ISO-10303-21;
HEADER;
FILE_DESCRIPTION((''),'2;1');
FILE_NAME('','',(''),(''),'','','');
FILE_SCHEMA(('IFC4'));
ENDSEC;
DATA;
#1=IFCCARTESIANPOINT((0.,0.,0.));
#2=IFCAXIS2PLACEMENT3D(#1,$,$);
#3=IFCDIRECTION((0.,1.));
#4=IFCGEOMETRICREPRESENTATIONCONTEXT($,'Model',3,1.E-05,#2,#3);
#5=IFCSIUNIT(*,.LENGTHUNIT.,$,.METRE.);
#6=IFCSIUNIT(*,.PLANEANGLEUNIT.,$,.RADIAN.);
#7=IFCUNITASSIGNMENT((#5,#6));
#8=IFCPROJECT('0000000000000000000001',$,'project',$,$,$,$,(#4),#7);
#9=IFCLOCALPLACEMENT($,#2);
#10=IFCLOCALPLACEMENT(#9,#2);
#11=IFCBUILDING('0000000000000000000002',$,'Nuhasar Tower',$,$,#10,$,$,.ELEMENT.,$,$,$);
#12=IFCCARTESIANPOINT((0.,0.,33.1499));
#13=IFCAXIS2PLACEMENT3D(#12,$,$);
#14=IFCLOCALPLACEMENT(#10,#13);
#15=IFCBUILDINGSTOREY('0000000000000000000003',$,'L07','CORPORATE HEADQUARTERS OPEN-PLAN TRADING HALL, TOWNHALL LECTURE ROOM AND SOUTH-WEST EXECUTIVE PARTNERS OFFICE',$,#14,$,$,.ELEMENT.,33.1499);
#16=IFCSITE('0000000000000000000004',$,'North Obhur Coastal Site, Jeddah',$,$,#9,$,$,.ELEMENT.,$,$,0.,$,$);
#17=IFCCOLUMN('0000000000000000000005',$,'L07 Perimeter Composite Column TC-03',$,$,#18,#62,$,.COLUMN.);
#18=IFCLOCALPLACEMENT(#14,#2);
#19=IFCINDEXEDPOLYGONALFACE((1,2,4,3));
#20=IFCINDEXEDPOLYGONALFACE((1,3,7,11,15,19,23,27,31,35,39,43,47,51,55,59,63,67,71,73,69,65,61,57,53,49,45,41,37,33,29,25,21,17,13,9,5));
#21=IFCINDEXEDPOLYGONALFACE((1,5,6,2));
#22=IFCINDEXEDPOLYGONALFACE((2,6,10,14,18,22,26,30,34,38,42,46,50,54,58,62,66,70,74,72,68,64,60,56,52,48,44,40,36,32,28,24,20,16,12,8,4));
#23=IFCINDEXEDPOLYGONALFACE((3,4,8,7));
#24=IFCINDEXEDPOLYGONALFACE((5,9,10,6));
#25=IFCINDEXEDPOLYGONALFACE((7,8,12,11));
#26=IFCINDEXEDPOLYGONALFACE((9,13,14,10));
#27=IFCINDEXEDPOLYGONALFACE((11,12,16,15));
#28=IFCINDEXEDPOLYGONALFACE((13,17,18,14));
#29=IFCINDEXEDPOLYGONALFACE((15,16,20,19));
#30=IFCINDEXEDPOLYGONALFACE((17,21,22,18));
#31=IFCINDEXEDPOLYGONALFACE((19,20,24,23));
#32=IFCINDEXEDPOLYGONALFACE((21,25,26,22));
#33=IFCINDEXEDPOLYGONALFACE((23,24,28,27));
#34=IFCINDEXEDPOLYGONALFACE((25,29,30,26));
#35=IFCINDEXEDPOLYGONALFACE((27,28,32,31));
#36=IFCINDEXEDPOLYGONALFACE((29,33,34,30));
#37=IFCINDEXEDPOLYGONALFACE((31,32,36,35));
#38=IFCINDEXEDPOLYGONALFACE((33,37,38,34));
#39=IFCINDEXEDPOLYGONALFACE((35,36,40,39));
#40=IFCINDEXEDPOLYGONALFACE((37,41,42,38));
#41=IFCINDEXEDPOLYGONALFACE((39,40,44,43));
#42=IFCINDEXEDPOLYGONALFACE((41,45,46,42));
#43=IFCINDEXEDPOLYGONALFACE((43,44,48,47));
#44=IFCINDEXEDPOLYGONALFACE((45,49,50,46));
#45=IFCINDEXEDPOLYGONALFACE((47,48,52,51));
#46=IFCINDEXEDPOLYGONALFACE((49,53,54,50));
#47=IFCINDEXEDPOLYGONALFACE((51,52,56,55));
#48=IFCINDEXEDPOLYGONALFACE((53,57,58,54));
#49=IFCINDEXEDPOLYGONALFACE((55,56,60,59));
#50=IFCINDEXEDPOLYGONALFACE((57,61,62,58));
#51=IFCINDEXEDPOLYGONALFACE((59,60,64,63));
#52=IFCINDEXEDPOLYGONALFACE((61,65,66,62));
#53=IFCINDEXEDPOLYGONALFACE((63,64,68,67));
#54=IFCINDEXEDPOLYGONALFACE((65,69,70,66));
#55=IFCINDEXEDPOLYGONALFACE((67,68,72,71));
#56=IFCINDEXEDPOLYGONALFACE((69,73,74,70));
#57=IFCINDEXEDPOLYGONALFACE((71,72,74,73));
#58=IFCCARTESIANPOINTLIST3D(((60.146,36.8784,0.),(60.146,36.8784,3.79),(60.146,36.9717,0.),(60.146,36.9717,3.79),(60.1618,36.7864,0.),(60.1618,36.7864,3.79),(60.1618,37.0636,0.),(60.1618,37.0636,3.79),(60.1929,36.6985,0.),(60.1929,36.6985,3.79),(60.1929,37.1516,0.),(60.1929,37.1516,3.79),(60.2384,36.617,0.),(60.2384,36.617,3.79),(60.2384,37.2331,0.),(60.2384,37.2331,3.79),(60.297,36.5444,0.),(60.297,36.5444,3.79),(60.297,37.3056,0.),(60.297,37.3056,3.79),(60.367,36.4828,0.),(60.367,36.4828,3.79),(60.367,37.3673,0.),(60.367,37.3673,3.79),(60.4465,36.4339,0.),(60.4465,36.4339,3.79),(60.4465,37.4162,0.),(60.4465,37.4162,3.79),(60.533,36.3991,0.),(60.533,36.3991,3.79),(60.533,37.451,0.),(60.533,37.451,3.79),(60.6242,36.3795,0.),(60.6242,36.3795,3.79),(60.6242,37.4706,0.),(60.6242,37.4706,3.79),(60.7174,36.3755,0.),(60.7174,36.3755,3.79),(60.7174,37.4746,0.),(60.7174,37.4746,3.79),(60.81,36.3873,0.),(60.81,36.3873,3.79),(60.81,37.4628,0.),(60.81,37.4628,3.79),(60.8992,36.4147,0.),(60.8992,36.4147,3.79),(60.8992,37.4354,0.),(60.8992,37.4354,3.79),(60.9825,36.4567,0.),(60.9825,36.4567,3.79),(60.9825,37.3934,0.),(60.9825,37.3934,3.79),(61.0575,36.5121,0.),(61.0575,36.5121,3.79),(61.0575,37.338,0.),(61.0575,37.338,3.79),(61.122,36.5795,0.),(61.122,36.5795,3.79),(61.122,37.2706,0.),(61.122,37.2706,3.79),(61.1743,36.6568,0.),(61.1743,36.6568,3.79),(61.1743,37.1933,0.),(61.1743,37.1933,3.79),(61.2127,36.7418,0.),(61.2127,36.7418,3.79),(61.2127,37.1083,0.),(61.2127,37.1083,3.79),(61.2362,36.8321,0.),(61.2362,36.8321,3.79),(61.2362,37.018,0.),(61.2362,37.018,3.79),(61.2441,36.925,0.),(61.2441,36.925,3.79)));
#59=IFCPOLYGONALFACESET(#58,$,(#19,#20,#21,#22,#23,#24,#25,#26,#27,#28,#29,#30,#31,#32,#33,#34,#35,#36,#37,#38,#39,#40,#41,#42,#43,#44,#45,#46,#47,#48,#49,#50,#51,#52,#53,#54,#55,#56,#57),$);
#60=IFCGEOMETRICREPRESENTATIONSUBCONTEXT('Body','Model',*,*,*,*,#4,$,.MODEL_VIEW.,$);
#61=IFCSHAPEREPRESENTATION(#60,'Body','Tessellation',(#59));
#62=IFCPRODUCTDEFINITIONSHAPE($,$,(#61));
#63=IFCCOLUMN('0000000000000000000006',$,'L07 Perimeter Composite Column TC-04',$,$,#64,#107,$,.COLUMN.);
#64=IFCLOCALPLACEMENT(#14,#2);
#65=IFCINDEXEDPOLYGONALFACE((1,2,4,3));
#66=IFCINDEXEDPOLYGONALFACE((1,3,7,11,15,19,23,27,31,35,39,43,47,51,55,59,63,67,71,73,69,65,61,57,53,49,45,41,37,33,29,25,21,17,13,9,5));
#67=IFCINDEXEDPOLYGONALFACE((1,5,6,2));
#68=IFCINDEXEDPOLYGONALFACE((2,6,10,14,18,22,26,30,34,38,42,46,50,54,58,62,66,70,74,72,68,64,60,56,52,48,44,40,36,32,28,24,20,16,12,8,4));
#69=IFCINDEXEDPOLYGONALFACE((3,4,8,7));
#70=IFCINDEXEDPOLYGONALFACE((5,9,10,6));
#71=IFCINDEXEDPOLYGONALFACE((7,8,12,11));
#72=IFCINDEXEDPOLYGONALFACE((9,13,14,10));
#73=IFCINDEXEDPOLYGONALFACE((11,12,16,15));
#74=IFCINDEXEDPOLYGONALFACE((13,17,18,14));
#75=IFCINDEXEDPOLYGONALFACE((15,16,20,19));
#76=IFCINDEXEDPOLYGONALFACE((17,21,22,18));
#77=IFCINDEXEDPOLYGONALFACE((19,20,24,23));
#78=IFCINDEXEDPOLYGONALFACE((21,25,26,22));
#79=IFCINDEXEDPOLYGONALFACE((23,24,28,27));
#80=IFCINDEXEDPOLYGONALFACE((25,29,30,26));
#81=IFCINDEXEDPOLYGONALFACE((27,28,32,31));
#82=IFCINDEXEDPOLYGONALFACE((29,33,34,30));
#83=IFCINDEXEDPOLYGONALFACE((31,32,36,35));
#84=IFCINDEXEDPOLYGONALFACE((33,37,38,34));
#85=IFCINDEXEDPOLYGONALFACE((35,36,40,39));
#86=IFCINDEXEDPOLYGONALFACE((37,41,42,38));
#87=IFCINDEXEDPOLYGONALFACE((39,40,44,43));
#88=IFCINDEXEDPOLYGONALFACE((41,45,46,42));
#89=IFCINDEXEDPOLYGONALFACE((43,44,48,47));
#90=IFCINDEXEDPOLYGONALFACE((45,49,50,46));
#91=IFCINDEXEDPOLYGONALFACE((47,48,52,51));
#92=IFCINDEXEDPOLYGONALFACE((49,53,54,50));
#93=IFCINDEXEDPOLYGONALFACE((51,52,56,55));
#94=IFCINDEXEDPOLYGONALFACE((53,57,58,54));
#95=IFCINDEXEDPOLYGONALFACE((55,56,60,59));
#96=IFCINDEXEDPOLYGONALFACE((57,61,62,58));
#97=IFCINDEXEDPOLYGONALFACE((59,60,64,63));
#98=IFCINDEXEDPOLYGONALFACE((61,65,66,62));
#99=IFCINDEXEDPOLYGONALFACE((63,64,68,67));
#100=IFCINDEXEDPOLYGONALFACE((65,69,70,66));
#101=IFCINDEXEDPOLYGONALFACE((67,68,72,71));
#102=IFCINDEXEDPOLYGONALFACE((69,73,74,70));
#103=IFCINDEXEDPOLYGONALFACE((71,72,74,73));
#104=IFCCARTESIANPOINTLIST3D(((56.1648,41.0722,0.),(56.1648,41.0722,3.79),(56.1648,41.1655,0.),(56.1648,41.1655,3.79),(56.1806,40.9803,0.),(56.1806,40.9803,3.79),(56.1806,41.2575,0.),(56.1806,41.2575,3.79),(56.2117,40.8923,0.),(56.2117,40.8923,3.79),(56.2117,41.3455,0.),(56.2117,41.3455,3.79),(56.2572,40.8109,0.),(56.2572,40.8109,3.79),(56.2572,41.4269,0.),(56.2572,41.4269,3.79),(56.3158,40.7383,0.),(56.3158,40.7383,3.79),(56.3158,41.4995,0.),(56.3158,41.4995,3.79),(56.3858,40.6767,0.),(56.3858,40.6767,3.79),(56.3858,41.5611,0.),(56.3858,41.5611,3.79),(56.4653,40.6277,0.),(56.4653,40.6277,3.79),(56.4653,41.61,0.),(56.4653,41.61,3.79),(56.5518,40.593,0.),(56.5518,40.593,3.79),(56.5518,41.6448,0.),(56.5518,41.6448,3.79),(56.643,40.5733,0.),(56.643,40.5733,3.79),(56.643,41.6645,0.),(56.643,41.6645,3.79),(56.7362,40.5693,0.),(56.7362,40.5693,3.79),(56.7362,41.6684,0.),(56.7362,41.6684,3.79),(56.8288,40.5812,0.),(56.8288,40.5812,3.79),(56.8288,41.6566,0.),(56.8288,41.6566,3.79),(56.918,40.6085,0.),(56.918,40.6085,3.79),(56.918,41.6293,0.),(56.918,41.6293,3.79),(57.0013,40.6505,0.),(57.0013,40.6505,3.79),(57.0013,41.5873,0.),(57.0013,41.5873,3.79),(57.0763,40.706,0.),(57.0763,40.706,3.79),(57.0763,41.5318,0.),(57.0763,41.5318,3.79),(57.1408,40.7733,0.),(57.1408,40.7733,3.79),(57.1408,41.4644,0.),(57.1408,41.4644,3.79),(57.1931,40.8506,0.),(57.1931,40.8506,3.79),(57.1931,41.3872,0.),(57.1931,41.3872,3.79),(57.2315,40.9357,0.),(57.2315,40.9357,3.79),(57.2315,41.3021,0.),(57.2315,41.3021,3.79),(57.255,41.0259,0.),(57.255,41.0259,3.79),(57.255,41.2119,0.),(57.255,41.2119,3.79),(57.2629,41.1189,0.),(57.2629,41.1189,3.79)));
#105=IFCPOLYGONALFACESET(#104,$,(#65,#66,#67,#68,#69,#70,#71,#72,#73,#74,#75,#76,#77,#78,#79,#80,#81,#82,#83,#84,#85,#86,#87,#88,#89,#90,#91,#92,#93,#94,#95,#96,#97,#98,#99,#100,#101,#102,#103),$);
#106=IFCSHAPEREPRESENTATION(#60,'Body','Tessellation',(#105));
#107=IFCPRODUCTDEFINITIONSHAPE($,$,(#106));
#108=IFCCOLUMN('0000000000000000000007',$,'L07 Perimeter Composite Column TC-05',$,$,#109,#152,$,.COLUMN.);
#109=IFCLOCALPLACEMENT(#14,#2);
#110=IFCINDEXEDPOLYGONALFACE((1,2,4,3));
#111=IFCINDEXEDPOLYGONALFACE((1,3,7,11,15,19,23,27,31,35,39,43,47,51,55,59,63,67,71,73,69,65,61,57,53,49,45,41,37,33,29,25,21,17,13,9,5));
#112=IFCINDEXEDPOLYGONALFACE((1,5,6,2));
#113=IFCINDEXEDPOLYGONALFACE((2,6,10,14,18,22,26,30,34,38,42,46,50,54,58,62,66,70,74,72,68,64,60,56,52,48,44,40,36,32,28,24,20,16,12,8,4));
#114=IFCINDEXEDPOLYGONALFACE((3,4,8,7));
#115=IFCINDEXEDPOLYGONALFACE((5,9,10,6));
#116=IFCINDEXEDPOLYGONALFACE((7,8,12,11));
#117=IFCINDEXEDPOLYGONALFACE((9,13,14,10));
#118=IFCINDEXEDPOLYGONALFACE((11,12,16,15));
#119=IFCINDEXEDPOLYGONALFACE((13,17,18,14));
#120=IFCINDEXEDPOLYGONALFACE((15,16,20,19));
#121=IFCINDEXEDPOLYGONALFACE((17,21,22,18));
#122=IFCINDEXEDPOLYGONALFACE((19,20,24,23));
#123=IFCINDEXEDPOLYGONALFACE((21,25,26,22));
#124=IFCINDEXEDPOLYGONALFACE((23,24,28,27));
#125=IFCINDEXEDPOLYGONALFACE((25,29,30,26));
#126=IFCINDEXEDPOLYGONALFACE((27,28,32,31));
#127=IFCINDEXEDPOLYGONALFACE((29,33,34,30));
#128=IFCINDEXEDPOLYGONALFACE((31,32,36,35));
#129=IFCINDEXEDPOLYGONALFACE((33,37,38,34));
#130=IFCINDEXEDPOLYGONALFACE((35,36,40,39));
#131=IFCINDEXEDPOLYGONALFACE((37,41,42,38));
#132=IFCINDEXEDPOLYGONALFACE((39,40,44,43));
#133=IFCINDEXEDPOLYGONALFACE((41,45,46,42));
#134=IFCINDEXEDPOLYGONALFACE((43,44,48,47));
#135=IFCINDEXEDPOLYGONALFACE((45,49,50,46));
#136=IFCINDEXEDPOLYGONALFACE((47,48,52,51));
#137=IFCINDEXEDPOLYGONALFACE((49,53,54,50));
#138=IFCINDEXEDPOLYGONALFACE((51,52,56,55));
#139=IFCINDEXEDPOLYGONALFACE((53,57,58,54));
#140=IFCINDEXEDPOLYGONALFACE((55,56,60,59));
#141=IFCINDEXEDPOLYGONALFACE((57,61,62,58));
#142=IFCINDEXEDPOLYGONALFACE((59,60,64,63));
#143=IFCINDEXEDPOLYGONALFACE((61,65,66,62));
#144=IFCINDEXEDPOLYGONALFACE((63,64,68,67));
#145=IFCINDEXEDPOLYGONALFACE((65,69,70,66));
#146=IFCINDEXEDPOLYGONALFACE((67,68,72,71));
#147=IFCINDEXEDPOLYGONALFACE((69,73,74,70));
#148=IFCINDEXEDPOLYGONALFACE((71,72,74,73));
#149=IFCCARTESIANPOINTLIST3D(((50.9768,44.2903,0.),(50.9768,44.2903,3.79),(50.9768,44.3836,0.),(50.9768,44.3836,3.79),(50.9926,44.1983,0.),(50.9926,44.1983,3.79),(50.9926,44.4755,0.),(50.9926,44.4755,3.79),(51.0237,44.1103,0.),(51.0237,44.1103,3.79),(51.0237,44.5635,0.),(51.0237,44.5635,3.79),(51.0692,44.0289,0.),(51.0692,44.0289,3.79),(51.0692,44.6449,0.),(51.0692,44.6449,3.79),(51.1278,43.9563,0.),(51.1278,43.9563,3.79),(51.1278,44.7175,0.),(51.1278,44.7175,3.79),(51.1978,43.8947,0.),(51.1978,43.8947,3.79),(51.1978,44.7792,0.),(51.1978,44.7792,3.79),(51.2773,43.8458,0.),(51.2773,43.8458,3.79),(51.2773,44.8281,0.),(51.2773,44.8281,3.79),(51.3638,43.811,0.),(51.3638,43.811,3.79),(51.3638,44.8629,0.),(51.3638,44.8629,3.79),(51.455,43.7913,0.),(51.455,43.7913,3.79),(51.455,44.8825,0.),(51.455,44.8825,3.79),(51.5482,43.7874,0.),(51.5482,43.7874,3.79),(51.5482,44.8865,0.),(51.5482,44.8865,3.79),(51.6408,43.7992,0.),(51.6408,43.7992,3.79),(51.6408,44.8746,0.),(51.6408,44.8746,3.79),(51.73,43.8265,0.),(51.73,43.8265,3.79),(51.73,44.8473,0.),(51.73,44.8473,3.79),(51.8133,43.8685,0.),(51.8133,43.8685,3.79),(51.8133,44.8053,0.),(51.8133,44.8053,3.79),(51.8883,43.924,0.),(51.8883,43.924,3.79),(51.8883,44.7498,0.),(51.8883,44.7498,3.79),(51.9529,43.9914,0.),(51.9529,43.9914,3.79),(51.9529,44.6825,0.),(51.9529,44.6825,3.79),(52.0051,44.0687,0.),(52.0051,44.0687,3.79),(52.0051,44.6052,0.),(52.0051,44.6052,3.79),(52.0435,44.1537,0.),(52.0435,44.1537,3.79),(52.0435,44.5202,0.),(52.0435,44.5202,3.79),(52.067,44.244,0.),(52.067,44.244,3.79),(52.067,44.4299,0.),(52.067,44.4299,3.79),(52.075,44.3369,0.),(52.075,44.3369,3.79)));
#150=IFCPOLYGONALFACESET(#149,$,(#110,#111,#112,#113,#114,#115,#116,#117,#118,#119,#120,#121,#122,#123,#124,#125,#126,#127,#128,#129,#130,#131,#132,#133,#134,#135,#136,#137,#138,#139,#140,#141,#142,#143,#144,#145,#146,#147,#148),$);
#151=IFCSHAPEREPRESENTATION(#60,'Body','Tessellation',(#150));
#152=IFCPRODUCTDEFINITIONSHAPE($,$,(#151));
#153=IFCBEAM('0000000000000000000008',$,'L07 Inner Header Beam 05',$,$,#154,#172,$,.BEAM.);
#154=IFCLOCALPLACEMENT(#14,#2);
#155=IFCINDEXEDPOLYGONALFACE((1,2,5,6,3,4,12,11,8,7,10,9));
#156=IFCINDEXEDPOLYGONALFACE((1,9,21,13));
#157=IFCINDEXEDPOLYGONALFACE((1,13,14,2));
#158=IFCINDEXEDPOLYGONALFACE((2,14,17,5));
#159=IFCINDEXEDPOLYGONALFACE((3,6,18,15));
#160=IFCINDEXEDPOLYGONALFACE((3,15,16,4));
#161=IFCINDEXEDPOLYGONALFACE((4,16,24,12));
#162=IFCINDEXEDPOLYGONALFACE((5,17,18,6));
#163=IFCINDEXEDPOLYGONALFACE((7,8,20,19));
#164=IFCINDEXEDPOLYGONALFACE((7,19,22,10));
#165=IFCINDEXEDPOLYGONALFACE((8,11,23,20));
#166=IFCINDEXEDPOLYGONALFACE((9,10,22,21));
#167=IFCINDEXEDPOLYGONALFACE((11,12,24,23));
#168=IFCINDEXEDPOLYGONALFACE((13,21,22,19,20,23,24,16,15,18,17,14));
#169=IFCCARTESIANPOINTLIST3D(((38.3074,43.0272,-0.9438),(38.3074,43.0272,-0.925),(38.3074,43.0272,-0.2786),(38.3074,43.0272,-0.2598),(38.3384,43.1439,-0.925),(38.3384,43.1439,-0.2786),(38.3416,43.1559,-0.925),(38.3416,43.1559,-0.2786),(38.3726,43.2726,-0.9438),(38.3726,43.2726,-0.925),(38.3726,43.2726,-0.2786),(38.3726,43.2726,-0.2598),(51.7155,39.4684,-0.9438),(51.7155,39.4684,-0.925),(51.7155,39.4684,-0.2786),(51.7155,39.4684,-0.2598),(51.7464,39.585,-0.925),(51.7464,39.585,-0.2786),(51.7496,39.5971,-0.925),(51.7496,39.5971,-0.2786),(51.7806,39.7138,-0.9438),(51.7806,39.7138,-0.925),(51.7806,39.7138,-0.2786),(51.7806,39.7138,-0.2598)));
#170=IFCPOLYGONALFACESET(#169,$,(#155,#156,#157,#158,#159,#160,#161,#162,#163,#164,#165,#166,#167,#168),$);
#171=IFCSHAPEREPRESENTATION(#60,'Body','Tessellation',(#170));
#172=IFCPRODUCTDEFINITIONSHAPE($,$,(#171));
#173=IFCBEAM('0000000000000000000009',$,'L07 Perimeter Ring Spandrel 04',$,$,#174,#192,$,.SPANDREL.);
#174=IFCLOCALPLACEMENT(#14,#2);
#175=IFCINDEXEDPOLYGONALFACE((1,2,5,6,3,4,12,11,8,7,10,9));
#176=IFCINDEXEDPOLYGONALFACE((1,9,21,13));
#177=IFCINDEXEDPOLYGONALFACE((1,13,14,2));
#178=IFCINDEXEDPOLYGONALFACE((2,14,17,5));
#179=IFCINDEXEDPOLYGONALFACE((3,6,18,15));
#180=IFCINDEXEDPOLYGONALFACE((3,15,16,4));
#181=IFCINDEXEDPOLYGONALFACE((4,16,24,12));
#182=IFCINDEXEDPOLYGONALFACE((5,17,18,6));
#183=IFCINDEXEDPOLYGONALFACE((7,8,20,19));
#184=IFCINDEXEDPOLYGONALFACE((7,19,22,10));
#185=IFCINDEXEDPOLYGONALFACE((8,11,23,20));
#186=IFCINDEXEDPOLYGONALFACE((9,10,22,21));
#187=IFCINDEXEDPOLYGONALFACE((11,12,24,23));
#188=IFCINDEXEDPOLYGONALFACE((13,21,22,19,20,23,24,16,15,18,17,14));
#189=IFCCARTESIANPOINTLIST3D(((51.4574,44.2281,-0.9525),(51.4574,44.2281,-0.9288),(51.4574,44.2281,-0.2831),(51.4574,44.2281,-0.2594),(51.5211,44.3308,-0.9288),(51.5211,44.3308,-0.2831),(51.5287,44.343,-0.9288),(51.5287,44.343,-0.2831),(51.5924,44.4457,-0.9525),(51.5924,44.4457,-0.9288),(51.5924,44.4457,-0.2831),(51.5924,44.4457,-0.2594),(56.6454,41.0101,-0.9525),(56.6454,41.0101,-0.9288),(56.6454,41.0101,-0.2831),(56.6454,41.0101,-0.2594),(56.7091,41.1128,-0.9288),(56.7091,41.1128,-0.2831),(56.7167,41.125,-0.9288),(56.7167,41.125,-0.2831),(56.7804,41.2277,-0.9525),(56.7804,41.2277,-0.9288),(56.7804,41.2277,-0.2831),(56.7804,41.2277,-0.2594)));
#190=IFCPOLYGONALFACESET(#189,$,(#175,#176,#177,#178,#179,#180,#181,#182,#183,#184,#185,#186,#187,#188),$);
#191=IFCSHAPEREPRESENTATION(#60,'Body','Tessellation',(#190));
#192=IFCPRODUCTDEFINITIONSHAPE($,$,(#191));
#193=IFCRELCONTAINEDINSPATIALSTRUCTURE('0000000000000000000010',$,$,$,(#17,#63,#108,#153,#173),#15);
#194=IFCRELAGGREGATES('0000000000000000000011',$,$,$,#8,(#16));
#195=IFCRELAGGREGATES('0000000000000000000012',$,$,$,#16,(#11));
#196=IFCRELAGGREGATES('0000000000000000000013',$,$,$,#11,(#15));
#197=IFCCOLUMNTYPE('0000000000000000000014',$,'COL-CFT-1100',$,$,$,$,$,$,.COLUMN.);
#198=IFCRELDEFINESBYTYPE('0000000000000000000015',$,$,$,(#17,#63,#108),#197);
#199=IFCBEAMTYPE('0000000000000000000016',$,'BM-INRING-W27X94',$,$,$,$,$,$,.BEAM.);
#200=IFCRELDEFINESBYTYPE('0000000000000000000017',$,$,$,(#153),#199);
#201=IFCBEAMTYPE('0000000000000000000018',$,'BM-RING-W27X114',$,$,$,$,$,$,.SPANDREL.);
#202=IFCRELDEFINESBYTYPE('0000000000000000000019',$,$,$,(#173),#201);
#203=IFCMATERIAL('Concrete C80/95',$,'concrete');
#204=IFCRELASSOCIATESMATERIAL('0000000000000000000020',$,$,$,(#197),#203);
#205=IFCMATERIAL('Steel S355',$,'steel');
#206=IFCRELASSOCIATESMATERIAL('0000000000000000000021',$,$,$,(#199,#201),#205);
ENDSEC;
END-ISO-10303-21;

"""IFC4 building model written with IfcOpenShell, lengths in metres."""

from ifc_helpers import new_model, si_unit, direction, frame, origin, origin_2d, place, context, subcontext, project, spatial, circle, i_section, extrude, material, material_profile, profile_set, type_object, element, save


model = new_model("IFC4")

# Units and contexts
model_context = context("Model", 3, precision=1e-05, world=origin(), true_north=direction((0.0, 1.0)))
body_context = subcontext(model_context, "Body", "Model", "MODEL_VIEW")
ifc_project = project(units=[si_unit("LENGTHUNIT", "METRE"), si_unit("PLANEANGLEUNIT", "RADIAN")], contexts=[model_context])

# Site, building, storey
site_placement = place(None, origin())
site = spatial("IfcSite", under=ifc_project, at=site_placement, Name="North Obhur Coastal Site, Jeddah", CompositionType="ELEMENT", RefElevation=0.0)
building_placement = place(site_placement, origin())
building = spatial("IfcBuilding", under=site, at=building_placement, Name="Nuhasar Tower", CompositionType="ELEMENT")
storey_placement = place(building_placement, frame((0.0, 0.0, 33.1499)))
storey = spatial("IfcBuildingStorey", under=building, at=storey_placement, Name="L07", Description="CORPORATE HEADQUARTERS OPEN-PLAN TRADING HALL, TOWNHALL LECTURE ROOM AND SOUTH-WEST EXECUTIVE PARTNERS OFFICE", CompositionType="ELEMENT", Elevation=33.1499)

# Columns
ifc_material_1 = material(Name="Concrete C80/95", Category="concrete")
ifc_material_profile_1 = material_profile(ifc_material_1, circle(Radius=0.55, at=origin_2d()), Name="CFT1100")
ifc_profile_set_1 = profile_set([ifc_material_profile_1], Name="Concrete C80/95")
column_type = type_object("IfcColumnType", Name="COL-CFT-1100", PredefinedType="COLUMN", material=ifc_profile_set_1)
for number, where, z_axis, x_axis, name in (
    (1, (60.6941, 36.925, 0.0), (0.0, 0.0, 1.0), (1.0, 0.0, 0.0), "L07 Perimeter Composite Column TC-03"),
    (2, (56.7129, 41.1189, 0.0), (0.0, 0.0, 1.0), (1.0, 0.0, 0.0), "L07 Perimeter Composite Column TC-04"),
    (3, (51.5249, 44.3369, 0.0), (0.0, 0.0, 1.0), (1.0, 0.0, 0.0), "L07 Perimeter Composite Column TC-05"),
):
    element("IfcColumn", number, at=place(storey_placement, frame(where, z_axis=z_axis, x_axis=x_axis)), inside=storey, type_object=column_type, Name=name, PredefinedType="COLUMN", context=body_context, shape_type="SweptSolid", body=[
        extrude(circle(Radius=0.55, at=origin_2d()), origin(), (0.0, 0.0, 1.0), 3.79),
    ])

# Beams
ifc_material_2 = material(Name="Steel S355", Category="steel")
ifc_material_profile_2 = material_profile(ifc_material_2, i_section(OverallWidth=0.2539, OverallDepth=0.6841, WebThickness=0.0125, FlangeThickness=0.0188, at=origin_2d()), Name="W27X94")
ifc_profile_set_2 = profile_set([ifc_material_profile_2], Name="Steel S355")
beam_type_1 = type_object("IfcBeamType", Name="BM-INRING-W27X94", PredefinedType="BEAM", material=ifc_profile_set_2)
beam_1_placement = place(storey_placement, frame((51.748, 39.5911, -0.6018), z_axis=(-0.966533, 0.256544, 0.0), x_axis=(-0.256544, -0.966533, 0.0)))
element("IfcBeam", 4, at=beam_1_placement, inside=storey, type_object=beam_type_1, Name="L07 Inner Header Beam 05", PredefinedType="BEAM", context=body_context, shape_type="SweptSolid", body=[
    extrude(i_section(OverallWidth=0.2539, OverallDepth=0.6841, WebThickness=0.0125, FlangeThickness=0.0188, at=origin_2d()), origin(), (0.0, 0.0, 1.0), 13.8723),
])
ifc_material_profile_3 = material_profile(ifc_material_2, i_section(OverallWidth=0.2561, OverallDepth=0.6931, WebThickness=0.0144, FlangeThickness=0.0237, at=origin_2d()), Name="W27X114")
ifc_profile_set_3 = profile_set([ifc_material_profile_3], Name="Steel S355")
beam_type_2 = type_object("IfcBeamType", Name="BM-RING-W27X114", PredefinedType="SPANDREL", material=ifc_profile_set_3)
beam_2_placement = place(storey_placement, frame((56.7129, 41.1189, -0.606), z_axis=(-0.849795, 0.527113, 0.0), x_axis=(-0.527113, -0.849795, 0.0)))
element("IfcBeam", 5, at=beam_2_placement, inside=storey, type_object=beam_type_2, Name="L07 Perimeter Ring Spandrel 04", PredefinedType="SPANDREL", context=body_context, shape_type="SweptSolid", body=[
    extrude(i_section(OverallWidth=0.2561, OverallDepth=0.6931, WebThickness=0.0144, FlangeThickness=0.0237, at=origin_2d()), origin(), (0.0, 0.0, 1.0), 6.105),
])

save(model, "model.ifc")
